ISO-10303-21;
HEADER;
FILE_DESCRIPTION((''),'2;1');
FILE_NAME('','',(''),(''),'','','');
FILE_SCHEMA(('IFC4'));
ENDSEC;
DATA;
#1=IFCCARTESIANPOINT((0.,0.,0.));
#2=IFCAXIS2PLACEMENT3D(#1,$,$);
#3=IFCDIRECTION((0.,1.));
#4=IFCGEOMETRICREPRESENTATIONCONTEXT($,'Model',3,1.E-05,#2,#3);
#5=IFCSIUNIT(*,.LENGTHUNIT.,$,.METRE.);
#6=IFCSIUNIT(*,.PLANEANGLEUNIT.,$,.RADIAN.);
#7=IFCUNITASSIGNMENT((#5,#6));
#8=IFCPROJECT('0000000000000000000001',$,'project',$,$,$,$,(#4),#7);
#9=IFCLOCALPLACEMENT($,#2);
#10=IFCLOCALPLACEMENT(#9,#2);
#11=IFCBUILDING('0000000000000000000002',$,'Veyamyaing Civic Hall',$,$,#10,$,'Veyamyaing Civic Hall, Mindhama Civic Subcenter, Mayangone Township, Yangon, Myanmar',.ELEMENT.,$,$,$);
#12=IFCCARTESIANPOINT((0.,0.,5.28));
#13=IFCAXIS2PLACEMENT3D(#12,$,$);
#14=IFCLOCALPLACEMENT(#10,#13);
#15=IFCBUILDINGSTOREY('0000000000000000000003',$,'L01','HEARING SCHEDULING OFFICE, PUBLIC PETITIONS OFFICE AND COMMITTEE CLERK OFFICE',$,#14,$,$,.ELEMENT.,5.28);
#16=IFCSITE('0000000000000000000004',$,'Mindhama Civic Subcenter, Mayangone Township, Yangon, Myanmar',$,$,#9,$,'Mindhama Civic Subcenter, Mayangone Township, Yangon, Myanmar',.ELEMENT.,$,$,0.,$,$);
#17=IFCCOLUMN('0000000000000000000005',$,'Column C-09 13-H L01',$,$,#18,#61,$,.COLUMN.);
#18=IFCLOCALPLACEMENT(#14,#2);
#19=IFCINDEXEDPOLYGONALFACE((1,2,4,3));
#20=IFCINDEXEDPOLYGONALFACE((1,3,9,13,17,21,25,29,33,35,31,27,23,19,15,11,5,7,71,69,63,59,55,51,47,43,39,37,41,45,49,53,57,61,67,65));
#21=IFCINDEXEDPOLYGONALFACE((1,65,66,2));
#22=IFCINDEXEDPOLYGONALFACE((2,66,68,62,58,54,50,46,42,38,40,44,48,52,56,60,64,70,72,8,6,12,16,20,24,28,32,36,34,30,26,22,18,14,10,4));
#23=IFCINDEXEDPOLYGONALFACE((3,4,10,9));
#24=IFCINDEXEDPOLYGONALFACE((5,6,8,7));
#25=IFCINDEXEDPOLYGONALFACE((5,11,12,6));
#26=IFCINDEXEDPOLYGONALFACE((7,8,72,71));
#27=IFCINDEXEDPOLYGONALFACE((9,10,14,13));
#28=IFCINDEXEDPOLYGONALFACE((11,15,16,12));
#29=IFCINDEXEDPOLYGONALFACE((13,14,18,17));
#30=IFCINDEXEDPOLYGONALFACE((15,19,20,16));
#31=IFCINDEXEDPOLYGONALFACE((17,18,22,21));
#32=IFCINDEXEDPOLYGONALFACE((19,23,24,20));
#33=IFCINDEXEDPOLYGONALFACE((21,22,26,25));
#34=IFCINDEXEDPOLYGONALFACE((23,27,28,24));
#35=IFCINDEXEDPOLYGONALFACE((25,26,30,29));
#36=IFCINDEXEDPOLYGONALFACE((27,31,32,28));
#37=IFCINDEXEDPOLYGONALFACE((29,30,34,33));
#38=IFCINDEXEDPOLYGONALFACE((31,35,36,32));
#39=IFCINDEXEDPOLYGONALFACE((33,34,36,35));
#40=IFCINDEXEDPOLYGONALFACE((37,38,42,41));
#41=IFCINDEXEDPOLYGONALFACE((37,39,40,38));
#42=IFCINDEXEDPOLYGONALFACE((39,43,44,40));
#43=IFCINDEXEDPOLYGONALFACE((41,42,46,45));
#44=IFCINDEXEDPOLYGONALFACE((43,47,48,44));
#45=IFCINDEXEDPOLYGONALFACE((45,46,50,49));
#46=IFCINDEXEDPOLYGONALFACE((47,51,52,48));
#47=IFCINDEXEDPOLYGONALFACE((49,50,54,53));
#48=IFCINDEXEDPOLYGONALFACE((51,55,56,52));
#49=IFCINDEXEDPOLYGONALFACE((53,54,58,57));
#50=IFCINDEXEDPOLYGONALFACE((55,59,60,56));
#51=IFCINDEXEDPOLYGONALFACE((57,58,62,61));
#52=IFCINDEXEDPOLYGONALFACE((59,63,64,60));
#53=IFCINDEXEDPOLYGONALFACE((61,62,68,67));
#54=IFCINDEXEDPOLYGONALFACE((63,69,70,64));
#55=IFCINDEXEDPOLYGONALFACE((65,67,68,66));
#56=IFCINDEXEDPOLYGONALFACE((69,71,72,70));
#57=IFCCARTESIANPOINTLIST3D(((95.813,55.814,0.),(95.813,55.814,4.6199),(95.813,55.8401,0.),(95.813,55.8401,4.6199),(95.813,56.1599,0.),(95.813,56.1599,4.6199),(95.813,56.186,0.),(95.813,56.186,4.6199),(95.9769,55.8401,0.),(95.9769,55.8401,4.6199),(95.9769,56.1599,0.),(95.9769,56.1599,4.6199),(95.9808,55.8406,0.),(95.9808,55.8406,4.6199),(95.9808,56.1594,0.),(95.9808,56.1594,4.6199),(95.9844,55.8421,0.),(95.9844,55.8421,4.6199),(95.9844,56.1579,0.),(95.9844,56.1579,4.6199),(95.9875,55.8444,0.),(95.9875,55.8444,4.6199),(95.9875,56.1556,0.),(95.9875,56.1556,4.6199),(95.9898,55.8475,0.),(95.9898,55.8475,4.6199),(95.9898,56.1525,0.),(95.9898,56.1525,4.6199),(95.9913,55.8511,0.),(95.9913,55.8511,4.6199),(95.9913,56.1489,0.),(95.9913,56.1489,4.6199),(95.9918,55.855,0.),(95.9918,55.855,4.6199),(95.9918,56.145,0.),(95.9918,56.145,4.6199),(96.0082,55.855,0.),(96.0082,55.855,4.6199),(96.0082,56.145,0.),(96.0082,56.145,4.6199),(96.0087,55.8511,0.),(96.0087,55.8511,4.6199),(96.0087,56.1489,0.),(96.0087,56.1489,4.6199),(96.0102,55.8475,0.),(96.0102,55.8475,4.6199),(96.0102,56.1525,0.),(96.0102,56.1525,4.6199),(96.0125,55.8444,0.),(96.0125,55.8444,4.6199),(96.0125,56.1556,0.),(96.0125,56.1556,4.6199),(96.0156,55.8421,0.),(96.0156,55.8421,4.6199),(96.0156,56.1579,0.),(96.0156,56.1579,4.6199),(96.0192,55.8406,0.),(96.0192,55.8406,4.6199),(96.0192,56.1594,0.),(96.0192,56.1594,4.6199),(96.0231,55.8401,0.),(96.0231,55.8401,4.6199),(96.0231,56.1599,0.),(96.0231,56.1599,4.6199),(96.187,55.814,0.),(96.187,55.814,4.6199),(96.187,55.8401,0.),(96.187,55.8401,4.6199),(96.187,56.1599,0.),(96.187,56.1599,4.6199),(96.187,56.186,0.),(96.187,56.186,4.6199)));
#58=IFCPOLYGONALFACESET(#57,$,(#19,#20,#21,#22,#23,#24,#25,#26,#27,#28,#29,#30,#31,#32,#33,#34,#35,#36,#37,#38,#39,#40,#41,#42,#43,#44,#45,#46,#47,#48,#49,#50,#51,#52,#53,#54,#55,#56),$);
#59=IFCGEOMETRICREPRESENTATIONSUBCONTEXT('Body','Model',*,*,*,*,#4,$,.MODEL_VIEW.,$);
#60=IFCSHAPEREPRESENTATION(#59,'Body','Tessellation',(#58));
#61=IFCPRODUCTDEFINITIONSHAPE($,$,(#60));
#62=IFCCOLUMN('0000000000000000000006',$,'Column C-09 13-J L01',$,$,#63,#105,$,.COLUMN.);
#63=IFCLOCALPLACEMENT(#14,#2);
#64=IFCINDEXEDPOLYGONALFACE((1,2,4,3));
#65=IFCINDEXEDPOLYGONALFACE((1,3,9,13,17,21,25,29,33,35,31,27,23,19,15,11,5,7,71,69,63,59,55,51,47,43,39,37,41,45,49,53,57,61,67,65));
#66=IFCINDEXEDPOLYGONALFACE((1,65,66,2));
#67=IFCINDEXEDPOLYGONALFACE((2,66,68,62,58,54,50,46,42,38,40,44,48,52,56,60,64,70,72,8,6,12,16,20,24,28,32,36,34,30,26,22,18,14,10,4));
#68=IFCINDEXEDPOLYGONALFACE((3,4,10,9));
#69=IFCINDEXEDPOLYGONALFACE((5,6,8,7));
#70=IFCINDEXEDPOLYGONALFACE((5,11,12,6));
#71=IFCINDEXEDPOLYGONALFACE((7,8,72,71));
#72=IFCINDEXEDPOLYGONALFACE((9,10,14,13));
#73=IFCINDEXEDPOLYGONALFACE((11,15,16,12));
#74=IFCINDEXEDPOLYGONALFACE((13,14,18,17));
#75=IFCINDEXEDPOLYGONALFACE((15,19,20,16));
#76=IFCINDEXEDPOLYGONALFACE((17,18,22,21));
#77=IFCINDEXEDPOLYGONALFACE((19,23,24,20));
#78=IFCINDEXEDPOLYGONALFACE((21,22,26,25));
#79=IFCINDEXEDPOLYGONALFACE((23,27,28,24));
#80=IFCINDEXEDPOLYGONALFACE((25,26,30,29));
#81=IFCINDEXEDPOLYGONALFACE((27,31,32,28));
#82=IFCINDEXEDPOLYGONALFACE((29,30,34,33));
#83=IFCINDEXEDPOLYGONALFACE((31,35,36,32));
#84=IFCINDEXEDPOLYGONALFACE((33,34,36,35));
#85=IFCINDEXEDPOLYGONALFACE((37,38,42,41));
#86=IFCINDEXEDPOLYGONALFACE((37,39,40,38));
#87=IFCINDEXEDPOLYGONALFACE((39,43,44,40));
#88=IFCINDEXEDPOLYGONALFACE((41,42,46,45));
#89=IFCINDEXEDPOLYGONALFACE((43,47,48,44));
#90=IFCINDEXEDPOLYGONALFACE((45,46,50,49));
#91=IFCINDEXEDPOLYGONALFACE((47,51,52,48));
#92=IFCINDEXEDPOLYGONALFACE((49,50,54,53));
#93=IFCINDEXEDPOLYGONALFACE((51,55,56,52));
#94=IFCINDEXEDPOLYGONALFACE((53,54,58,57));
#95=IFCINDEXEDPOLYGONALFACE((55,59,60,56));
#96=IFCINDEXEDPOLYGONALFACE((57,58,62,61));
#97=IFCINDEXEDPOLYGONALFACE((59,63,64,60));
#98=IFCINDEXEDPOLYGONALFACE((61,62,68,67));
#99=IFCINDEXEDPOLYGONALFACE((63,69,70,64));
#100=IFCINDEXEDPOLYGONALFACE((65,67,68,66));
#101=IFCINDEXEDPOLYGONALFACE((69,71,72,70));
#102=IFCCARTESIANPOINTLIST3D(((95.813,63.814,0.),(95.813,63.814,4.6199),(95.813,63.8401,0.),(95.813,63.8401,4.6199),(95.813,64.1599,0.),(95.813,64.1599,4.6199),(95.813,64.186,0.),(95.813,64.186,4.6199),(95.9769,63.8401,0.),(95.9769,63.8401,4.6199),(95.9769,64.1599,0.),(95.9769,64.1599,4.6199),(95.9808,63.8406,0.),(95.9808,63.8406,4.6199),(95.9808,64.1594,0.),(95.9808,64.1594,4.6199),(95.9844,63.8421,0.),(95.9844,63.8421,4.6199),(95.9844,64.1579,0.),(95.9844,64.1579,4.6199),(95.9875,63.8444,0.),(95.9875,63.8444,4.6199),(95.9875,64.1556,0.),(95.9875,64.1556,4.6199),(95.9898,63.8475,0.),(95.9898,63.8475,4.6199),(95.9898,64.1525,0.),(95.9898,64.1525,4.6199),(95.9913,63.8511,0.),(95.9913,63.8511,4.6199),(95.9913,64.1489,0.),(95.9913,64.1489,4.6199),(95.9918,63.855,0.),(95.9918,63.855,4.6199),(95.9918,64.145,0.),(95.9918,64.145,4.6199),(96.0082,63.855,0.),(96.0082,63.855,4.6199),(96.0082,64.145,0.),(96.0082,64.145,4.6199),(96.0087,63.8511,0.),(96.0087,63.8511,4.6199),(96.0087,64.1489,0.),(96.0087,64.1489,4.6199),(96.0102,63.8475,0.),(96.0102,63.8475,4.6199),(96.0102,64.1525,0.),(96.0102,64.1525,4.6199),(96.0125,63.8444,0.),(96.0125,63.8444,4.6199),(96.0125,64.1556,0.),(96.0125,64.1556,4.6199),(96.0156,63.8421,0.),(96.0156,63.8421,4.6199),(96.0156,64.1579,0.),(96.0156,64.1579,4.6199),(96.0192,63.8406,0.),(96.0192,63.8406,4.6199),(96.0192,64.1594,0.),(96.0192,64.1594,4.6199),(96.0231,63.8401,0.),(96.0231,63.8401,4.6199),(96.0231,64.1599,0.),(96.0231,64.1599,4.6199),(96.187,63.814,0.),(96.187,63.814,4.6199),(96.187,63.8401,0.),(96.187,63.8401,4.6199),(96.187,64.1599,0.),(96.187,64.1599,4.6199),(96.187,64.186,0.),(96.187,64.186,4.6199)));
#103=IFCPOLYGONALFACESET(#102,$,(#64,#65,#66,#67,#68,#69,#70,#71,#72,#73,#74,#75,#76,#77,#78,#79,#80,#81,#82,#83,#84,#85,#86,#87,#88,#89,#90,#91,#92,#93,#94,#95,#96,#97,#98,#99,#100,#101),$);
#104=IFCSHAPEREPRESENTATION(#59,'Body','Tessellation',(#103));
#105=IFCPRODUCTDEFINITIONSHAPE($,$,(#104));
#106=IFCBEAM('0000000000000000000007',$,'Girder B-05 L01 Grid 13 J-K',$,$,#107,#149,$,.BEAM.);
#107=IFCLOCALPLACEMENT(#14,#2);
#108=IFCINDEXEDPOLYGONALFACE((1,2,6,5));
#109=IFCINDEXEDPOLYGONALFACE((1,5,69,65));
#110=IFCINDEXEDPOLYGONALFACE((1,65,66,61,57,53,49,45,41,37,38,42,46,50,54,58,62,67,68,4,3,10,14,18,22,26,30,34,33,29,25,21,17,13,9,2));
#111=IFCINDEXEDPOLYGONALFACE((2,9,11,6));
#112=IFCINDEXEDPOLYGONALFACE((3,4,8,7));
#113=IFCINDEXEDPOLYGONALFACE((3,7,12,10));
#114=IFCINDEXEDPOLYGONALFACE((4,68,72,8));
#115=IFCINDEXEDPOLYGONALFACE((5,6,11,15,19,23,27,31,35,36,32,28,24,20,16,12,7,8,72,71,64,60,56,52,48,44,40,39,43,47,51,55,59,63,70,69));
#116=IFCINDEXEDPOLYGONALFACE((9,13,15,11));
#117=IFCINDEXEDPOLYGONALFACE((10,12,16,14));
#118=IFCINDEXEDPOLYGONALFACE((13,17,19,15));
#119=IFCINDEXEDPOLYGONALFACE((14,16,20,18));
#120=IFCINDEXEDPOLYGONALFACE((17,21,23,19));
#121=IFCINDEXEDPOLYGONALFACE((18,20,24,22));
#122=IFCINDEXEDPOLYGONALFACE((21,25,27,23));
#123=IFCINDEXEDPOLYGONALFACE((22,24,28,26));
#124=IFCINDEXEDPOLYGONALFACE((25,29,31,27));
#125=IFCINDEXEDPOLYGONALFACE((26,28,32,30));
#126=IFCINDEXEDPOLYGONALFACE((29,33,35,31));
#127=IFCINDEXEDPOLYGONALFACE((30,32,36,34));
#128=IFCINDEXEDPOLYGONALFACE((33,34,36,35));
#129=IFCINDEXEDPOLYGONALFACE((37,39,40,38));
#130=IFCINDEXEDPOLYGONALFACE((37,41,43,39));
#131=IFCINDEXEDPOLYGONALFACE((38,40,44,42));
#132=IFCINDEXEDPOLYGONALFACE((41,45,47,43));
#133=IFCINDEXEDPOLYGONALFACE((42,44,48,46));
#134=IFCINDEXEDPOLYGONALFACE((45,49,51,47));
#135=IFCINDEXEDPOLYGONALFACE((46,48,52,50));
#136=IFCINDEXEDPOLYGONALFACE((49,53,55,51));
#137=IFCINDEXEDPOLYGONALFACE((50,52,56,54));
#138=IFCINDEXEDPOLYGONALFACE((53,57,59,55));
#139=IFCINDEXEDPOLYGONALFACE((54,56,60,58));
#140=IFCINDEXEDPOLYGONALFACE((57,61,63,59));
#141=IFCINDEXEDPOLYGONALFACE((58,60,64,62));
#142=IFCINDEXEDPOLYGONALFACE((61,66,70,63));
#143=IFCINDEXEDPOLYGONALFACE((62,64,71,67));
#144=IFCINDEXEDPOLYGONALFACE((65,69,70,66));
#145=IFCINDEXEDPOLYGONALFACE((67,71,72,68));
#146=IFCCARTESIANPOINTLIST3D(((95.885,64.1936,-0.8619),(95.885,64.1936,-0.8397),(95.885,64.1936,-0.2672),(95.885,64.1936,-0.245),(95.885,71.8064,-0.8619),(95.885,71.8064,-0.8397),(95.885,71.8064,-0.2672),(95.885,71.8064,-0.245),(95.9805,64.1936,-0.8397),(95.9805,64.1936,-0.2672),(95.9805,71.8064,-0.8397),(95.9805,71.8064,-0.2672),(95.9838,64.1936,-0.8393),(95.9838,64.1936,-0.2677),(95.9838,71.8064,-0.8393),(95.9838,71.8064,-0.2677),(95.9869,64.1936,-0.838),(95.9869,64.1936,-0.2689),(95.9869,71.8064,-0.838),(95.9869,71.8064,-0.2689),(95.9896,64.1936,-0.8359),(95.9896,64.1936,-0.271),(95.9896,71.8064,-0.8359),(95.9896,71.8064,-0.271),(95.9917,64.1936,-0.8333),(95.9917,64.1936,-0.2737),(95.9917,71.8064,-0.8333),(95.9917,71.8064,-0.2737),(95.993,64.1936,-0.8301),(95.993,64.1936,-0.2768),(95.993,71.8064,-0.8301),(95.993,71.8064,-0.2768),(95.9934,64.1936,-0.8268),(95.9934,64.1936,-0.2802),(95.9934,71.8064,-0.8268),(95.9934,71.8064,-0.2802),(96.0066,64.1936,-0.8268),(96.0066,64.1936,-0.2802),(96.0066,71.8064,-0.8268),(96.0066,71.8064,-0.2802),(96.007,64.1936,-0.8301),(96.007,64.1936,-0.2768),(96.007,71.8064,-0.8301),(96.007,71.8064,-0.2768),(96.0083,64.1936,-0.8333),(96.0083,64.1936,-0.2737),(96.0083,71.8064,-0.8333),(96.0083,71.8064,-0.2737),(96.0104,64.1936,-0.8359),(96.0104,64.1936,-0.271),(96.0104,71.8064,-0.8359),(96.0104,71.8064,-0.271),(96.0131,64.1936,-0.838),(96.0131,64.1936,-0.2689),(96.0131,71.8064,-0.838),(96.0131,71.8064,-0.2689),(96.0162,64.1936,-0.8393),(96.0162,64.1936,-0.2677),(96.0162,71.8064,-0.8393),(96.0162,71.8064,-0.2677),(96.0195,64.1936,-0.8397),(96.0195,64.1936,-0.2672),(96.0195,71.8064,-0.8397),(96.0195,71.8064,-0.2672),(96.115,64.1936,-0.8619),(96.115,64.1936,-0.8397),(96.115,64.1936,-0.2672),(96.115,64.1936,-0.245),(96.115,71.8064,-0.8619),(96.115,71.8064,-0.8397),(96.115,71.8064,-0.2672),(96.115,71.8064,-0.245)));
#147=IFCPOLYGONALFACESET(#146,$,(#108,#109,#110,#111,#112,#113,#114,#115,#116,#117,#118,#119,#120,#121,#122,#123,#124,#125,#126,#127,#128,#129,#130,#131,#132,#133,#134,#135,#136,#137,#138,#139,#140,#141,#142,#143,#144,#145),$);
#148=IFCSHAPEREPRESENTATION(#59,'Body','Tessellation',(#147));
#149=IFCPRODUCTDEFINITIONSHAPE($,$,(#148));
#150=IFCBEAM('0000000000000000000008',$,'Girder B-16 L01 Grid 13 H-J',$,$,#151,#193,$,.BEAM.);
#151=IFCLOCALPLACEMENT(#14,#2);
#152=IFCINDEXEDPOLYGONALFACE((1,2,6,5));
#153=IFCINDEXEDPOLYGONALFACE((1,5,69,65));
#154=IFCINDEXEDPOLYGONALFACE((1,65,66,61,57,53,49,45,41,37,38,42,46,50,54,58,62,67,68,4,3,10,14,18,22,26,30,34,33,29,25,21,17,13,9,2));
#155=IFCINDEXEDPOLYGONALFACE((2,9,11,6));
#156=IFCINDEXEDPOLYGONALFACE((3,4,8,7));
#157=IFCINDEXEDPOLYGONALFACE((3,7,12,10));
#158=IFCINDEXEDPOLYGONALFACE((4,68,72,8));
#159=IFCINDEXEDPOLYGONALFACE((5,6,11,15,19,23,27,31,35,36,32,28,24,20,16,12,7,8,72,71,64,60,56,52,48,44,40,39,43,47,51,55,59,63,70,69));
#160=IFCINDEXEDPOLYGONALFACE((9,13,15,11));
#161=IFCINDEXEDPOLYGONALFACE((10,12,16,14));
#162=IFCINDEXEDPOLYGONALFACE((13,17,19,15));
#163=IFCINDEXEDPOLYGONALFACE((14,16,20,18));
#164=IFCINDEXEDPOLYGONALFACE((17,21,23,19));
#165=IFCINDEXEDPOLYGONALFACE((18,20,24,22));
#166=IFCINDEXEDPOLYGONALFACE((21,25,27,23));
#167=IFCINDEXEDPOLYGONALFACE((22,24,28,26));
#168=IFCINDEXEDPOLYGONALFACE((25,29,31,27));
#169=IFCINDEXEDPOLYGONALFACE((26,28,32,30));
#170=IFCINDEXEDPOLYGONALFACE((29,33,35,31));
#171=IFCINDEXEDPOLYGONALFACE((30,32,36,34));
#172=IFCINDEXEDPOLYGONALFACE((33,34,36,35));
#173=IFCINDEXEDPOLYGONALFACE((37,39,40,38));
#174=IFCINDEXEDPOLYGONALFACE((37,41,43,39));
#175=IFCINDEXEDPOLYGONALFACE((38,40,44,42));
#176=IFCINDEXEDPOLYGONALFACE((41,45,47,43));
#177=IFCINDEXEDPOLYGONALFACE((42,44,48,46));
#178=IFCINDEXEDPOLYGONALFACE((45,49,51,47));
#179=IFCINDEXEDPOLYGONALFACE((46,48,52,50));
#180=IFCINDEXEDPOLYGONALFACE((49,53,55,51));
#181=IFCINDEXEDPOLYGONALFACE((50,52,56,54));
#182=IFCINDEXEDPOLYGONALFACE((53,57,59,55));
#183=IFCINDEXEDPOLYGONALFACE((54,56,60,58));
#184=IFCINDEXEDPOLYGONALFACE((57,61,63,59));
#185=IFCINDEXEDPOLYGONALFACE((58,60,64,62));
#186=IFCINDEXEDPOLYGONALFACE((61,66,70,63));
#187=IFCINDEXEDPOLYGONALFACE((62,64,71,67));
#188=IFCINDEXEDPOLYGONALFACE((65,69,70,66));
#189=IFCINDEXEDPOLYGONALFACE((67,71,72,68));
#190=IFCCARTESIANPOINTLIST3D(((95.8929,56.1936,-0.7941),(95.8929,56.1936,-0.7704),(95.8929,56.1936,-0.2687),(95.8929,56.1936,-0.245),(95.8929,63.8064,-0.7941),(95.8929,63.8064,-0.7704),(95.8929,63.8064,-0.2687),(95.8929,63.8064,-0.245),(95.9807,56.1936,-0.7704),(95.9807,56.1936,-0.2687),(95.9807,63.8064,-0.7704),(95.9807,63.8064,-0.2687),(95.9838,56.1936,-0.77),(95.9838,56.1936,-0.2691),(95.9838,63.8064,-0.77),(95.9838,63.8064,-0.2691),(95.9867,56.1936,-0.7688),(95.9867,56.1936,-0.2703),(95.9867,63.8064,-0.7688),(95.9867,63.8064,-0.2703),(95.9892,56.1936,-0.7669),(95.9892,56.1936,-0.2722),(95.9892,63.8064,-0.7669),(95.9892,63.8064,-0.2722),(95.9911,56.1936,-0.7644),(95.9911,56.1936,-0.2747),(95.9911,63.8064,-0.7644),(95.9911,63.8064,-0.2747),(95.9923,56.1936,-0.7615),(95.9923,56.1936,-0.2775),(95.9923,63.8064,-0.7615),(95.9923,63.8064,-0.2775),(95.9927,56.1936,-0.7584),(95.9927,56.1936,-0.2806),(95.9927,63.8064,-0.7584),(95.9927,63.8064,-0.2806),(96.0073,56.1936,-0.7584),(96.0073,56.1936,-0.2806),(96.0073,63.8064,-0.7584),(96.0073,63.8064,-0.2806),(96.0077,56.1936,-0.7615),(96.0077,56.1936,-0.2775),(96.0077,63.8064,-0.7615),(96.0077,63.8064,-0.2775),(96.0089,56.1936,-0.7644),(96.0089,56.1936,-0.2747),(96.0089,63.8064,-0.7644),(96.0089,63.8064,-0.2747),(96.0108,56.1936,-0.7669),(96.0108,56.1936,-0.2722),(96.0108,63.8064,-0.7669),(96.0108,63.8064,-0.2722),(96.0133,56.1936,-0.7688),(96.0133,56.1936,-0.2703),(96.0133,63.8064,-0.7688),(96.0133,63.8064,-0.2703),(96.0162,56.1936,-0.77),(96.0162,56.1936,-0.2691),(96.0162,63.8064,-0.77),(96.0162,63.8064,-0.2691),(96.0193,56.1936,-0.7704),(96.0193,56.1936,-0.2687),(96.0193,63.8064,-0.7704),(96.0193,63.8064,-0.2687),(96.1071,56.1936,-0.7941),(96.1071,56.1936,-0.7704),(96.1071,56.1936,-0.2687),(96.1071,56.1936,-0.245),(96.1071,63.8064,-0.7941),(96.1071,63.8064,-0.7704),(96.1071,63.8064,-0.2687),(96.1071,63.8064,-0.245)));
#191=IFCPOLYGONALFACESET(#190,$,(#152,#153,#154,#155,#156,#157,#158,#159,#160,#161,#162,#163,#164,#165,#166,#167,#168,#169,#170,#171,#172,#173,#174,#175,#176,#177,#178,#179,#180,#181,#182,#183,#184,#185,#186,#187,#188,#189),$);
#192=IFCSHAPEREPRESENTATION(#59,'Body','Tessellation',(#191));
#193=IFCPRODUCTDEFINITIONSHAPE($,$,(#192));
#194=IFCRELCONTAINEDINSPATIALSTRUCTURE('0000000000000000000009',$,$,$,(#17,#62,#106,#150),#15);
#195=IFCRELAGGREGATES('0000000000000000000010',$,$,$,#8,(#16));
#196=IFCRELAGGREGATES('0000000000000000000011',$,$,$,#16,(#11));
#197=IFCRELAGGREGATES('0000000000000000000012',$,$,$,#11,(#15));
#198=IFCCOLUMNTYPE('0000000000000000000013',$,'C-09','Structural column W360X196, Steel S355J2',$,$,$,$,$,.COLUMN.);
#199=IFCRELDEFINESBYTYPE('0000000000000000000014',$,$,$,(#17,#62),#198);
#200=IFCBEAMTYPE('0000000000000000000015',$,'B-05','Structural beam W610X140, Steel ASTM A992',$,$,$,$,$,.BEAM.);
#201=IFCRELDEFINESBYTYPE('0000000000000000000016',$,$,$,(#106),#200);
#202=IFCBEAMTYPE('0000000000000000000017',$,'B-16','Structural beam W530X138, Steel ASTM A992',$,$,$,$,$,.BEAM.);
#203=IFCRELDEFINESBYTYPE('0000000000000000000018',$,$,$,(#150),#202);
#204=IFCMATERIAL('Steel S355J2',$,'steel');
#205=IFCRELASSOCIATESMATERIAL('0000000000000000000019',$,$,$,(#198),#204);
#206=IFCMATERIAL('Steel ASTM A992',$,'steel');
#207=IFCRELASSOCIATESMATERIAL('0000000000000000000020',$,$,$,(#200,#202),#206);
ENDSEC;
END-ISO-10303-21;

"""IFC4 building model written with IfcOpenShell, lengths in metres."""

from ifc_helpers import new_model, si_unit, direction, frame, origin, origin_2d, place, context, subcontext, project, spatial, i_section, extrude, material, material_profile, profile_set, type_object, element, save


model = new_model("IFC4")

# Units and contexts
model_context = context("Model", 3, precision=1e-05, world=origin(), true_north=direction((0.0, 1.0)))
body_context = subcontext(model_context, "Body", "Model", "MODEL_VIEW")
ifc_project = project(units=[si_unit("LENGTHUNIT", "METRE"), si_unit("PLANEANGLEUNIT", "RADIAN")], contexts=[model_context])

# Site, building, storey
site_placement = place(None, origin())
site = spatial("IfcSite", under=ifc_project, at=site_placement, Name="Mindhama Civic Subcenter, Mayangone Township, Yangon, Myanmar", LongName="Mindhama Civic Subcenter, Mayangone Township, Yangon, Myanmar", CompositionType="ELEMENT", RefElevation=0.0)
building_placement = place(site_placement, origin())
building = spatial("IfcBuilding", under=site, at=building_placement, Name="Veyamyaing Civic Hall", LongName="Veyamyaing Civic Hall, Mindhama Civic Subcenter, Mayangone Township, Yangon, Myanmar", CompositionType="ELEMENT")
storey_placement = place(building_placement, frame((0.0, 0.0, 5.28)))
storey = spatial("IfcBuildingStorey", under=building, at=storey_placement, Name="L01", Description="HEARING SCHEDULING OFFICE, PUBLIC PETITIONS OFFICE AND COMMITTEE CLERK OFFICE", CompositionType="ELEMENT", Elevation=5.28)

# Columns
ifc_material_1 = material(Name="Steel S355J2", Category="steel")
ifc_material_profile_1 = material_profile(ifc_material_1, i_section(OverallWidth=0.374, OverallDepth=0.3721, WebThickness=0.0164, FlangeThickness=0.0261, FilletRadius=0.0149, at=origin_2d()), Name="W360X196")
ifc_profile_set_1 = profile_set([ifc_material_profile_1], Name="Steel S355J2")
column_type = type_object("IfcColumnType", Name="C-09", Description="Structural column W360X196, Steel S355J2", PredefinedType="COLUMN", material=ifc_profile_set_1)
for number, where, z_axis, x_axis, name in (
    (1, (96.0, 56.0, 0.0), (0.0, 0.0, 1.0), (1.0, 0.0, 0.0), "Column C-09 13-H L01"),
    (2, (96.0, 64.0, 0.0), (0.0, 0.0, 1.0), (1.0, 0.0, 0.0), "Column C-09 13-J L01"),
):
    element("IfcColumn", number, at=place(storey_placement, frame(where, z_axis=z_axis, x_axis=x_axis)), inside=storey, type_object=column_type, Name=name, PredefinedType="COLUMN", context=body_context, shape_type="SweptSolid", body=[
        extrude(i_section(OverallWidth=0.374, OverallDepth=0.3721, WebThickness=0.0164, FlangeThickness=0.0261, FilletRadius=0.0149, at=origin_2d()), origin(), (0.0, 0.0, 1.0), 4.6199),
    ])

# Beams
ifc_material_2 = material(Name="Steel ASTM A992", Category="steel")
ifc_material_profile_2 = material_profile(ifc_material_2, i_section(OverallWidth=0.23, OverallDepth=0.6169, WebThickness=0.0132, FlangeThickness=0.0222, FilletRadius=0.0129, at=origin_2d()), Name="W610X140")
ifc_profile_set_2 = profile_set([ifc_material_profile_2], Name="Steel ASTM A992")
beam_type_1 = type_object("IfcBeamType", Name="B-05", Description="Structural beam W610X140, Steel ASTM A992", PredefinedType="BEAM", material=ifc_profile_set_2)
beam_1_placement = place(storey_placement, frame((96.0, 64.1936, -0.5535), z_axis=(0.0, 1.0, 0.0), x_axis=(-1.0, 0.0, 0.0)))
element("IfcBeam", 3, at=beam_1_placement, inside=storey, type_object=beam_type_1, Name="Girder B-05 L01 Grid 13 J-K", PredefinedType="BEAM", context=body_context, shape_type="SweptSolid", body=[
    extrude(i_section(OverallWidth=0.23, OverallDepth=0.6169, WebThickness=0.0132, FlangeThickness=0.0222, FilletRadius=0.0129, at=origin_2d()), origin(), (0.0, 0.0, 1.0), 7.6128),
])
ifc_material_profile_3 = material_profile(ifc_material_2, i_section(OverallWidth=0.2141, OverallDepth=0.5491, WebThickness=0.0146, FlangeThickness=0.0237, FilletRadius=0.012, at=origin_2d()), Name="W530X138")
ifc_profile_set_3 = profile_set([ifc_material_profile_3], Name="Steel ASTM A992")
beam_type_2 = type_object("IfcBeamType", Name="B-16", Description="Structural beam W530X138, Steel ASTM A992", PredefinedType="BEAM", material=ifc_profile_set_3)
beam_2_placement = place(storey_placement, frame((96.0, 56.1936, -0.5195), z_axis=(0.0, 1.0, 0.0), x_axis=(-1.0, 0.0, 0.0)))
element("IfcBeam", 4, at=beam_2_placement, inside=storey, type_object=beam_type_2, Name="Girder B-16 L01 Grid 13 H-J", PredefinedType="BEAM", context=body_context, shape_type="SweptSolid", body=[
    extrude(i_section(OverallWidth=0.2141, OverallDepth=0.5491, WebThickness=0.0146, FlangeThickness=0.0237, FilletRadius=0.012, at=origin_2d()), origin(), (0.0, 0.0, 1.0), 7.6128),
])

save(model, "model.ifc")
